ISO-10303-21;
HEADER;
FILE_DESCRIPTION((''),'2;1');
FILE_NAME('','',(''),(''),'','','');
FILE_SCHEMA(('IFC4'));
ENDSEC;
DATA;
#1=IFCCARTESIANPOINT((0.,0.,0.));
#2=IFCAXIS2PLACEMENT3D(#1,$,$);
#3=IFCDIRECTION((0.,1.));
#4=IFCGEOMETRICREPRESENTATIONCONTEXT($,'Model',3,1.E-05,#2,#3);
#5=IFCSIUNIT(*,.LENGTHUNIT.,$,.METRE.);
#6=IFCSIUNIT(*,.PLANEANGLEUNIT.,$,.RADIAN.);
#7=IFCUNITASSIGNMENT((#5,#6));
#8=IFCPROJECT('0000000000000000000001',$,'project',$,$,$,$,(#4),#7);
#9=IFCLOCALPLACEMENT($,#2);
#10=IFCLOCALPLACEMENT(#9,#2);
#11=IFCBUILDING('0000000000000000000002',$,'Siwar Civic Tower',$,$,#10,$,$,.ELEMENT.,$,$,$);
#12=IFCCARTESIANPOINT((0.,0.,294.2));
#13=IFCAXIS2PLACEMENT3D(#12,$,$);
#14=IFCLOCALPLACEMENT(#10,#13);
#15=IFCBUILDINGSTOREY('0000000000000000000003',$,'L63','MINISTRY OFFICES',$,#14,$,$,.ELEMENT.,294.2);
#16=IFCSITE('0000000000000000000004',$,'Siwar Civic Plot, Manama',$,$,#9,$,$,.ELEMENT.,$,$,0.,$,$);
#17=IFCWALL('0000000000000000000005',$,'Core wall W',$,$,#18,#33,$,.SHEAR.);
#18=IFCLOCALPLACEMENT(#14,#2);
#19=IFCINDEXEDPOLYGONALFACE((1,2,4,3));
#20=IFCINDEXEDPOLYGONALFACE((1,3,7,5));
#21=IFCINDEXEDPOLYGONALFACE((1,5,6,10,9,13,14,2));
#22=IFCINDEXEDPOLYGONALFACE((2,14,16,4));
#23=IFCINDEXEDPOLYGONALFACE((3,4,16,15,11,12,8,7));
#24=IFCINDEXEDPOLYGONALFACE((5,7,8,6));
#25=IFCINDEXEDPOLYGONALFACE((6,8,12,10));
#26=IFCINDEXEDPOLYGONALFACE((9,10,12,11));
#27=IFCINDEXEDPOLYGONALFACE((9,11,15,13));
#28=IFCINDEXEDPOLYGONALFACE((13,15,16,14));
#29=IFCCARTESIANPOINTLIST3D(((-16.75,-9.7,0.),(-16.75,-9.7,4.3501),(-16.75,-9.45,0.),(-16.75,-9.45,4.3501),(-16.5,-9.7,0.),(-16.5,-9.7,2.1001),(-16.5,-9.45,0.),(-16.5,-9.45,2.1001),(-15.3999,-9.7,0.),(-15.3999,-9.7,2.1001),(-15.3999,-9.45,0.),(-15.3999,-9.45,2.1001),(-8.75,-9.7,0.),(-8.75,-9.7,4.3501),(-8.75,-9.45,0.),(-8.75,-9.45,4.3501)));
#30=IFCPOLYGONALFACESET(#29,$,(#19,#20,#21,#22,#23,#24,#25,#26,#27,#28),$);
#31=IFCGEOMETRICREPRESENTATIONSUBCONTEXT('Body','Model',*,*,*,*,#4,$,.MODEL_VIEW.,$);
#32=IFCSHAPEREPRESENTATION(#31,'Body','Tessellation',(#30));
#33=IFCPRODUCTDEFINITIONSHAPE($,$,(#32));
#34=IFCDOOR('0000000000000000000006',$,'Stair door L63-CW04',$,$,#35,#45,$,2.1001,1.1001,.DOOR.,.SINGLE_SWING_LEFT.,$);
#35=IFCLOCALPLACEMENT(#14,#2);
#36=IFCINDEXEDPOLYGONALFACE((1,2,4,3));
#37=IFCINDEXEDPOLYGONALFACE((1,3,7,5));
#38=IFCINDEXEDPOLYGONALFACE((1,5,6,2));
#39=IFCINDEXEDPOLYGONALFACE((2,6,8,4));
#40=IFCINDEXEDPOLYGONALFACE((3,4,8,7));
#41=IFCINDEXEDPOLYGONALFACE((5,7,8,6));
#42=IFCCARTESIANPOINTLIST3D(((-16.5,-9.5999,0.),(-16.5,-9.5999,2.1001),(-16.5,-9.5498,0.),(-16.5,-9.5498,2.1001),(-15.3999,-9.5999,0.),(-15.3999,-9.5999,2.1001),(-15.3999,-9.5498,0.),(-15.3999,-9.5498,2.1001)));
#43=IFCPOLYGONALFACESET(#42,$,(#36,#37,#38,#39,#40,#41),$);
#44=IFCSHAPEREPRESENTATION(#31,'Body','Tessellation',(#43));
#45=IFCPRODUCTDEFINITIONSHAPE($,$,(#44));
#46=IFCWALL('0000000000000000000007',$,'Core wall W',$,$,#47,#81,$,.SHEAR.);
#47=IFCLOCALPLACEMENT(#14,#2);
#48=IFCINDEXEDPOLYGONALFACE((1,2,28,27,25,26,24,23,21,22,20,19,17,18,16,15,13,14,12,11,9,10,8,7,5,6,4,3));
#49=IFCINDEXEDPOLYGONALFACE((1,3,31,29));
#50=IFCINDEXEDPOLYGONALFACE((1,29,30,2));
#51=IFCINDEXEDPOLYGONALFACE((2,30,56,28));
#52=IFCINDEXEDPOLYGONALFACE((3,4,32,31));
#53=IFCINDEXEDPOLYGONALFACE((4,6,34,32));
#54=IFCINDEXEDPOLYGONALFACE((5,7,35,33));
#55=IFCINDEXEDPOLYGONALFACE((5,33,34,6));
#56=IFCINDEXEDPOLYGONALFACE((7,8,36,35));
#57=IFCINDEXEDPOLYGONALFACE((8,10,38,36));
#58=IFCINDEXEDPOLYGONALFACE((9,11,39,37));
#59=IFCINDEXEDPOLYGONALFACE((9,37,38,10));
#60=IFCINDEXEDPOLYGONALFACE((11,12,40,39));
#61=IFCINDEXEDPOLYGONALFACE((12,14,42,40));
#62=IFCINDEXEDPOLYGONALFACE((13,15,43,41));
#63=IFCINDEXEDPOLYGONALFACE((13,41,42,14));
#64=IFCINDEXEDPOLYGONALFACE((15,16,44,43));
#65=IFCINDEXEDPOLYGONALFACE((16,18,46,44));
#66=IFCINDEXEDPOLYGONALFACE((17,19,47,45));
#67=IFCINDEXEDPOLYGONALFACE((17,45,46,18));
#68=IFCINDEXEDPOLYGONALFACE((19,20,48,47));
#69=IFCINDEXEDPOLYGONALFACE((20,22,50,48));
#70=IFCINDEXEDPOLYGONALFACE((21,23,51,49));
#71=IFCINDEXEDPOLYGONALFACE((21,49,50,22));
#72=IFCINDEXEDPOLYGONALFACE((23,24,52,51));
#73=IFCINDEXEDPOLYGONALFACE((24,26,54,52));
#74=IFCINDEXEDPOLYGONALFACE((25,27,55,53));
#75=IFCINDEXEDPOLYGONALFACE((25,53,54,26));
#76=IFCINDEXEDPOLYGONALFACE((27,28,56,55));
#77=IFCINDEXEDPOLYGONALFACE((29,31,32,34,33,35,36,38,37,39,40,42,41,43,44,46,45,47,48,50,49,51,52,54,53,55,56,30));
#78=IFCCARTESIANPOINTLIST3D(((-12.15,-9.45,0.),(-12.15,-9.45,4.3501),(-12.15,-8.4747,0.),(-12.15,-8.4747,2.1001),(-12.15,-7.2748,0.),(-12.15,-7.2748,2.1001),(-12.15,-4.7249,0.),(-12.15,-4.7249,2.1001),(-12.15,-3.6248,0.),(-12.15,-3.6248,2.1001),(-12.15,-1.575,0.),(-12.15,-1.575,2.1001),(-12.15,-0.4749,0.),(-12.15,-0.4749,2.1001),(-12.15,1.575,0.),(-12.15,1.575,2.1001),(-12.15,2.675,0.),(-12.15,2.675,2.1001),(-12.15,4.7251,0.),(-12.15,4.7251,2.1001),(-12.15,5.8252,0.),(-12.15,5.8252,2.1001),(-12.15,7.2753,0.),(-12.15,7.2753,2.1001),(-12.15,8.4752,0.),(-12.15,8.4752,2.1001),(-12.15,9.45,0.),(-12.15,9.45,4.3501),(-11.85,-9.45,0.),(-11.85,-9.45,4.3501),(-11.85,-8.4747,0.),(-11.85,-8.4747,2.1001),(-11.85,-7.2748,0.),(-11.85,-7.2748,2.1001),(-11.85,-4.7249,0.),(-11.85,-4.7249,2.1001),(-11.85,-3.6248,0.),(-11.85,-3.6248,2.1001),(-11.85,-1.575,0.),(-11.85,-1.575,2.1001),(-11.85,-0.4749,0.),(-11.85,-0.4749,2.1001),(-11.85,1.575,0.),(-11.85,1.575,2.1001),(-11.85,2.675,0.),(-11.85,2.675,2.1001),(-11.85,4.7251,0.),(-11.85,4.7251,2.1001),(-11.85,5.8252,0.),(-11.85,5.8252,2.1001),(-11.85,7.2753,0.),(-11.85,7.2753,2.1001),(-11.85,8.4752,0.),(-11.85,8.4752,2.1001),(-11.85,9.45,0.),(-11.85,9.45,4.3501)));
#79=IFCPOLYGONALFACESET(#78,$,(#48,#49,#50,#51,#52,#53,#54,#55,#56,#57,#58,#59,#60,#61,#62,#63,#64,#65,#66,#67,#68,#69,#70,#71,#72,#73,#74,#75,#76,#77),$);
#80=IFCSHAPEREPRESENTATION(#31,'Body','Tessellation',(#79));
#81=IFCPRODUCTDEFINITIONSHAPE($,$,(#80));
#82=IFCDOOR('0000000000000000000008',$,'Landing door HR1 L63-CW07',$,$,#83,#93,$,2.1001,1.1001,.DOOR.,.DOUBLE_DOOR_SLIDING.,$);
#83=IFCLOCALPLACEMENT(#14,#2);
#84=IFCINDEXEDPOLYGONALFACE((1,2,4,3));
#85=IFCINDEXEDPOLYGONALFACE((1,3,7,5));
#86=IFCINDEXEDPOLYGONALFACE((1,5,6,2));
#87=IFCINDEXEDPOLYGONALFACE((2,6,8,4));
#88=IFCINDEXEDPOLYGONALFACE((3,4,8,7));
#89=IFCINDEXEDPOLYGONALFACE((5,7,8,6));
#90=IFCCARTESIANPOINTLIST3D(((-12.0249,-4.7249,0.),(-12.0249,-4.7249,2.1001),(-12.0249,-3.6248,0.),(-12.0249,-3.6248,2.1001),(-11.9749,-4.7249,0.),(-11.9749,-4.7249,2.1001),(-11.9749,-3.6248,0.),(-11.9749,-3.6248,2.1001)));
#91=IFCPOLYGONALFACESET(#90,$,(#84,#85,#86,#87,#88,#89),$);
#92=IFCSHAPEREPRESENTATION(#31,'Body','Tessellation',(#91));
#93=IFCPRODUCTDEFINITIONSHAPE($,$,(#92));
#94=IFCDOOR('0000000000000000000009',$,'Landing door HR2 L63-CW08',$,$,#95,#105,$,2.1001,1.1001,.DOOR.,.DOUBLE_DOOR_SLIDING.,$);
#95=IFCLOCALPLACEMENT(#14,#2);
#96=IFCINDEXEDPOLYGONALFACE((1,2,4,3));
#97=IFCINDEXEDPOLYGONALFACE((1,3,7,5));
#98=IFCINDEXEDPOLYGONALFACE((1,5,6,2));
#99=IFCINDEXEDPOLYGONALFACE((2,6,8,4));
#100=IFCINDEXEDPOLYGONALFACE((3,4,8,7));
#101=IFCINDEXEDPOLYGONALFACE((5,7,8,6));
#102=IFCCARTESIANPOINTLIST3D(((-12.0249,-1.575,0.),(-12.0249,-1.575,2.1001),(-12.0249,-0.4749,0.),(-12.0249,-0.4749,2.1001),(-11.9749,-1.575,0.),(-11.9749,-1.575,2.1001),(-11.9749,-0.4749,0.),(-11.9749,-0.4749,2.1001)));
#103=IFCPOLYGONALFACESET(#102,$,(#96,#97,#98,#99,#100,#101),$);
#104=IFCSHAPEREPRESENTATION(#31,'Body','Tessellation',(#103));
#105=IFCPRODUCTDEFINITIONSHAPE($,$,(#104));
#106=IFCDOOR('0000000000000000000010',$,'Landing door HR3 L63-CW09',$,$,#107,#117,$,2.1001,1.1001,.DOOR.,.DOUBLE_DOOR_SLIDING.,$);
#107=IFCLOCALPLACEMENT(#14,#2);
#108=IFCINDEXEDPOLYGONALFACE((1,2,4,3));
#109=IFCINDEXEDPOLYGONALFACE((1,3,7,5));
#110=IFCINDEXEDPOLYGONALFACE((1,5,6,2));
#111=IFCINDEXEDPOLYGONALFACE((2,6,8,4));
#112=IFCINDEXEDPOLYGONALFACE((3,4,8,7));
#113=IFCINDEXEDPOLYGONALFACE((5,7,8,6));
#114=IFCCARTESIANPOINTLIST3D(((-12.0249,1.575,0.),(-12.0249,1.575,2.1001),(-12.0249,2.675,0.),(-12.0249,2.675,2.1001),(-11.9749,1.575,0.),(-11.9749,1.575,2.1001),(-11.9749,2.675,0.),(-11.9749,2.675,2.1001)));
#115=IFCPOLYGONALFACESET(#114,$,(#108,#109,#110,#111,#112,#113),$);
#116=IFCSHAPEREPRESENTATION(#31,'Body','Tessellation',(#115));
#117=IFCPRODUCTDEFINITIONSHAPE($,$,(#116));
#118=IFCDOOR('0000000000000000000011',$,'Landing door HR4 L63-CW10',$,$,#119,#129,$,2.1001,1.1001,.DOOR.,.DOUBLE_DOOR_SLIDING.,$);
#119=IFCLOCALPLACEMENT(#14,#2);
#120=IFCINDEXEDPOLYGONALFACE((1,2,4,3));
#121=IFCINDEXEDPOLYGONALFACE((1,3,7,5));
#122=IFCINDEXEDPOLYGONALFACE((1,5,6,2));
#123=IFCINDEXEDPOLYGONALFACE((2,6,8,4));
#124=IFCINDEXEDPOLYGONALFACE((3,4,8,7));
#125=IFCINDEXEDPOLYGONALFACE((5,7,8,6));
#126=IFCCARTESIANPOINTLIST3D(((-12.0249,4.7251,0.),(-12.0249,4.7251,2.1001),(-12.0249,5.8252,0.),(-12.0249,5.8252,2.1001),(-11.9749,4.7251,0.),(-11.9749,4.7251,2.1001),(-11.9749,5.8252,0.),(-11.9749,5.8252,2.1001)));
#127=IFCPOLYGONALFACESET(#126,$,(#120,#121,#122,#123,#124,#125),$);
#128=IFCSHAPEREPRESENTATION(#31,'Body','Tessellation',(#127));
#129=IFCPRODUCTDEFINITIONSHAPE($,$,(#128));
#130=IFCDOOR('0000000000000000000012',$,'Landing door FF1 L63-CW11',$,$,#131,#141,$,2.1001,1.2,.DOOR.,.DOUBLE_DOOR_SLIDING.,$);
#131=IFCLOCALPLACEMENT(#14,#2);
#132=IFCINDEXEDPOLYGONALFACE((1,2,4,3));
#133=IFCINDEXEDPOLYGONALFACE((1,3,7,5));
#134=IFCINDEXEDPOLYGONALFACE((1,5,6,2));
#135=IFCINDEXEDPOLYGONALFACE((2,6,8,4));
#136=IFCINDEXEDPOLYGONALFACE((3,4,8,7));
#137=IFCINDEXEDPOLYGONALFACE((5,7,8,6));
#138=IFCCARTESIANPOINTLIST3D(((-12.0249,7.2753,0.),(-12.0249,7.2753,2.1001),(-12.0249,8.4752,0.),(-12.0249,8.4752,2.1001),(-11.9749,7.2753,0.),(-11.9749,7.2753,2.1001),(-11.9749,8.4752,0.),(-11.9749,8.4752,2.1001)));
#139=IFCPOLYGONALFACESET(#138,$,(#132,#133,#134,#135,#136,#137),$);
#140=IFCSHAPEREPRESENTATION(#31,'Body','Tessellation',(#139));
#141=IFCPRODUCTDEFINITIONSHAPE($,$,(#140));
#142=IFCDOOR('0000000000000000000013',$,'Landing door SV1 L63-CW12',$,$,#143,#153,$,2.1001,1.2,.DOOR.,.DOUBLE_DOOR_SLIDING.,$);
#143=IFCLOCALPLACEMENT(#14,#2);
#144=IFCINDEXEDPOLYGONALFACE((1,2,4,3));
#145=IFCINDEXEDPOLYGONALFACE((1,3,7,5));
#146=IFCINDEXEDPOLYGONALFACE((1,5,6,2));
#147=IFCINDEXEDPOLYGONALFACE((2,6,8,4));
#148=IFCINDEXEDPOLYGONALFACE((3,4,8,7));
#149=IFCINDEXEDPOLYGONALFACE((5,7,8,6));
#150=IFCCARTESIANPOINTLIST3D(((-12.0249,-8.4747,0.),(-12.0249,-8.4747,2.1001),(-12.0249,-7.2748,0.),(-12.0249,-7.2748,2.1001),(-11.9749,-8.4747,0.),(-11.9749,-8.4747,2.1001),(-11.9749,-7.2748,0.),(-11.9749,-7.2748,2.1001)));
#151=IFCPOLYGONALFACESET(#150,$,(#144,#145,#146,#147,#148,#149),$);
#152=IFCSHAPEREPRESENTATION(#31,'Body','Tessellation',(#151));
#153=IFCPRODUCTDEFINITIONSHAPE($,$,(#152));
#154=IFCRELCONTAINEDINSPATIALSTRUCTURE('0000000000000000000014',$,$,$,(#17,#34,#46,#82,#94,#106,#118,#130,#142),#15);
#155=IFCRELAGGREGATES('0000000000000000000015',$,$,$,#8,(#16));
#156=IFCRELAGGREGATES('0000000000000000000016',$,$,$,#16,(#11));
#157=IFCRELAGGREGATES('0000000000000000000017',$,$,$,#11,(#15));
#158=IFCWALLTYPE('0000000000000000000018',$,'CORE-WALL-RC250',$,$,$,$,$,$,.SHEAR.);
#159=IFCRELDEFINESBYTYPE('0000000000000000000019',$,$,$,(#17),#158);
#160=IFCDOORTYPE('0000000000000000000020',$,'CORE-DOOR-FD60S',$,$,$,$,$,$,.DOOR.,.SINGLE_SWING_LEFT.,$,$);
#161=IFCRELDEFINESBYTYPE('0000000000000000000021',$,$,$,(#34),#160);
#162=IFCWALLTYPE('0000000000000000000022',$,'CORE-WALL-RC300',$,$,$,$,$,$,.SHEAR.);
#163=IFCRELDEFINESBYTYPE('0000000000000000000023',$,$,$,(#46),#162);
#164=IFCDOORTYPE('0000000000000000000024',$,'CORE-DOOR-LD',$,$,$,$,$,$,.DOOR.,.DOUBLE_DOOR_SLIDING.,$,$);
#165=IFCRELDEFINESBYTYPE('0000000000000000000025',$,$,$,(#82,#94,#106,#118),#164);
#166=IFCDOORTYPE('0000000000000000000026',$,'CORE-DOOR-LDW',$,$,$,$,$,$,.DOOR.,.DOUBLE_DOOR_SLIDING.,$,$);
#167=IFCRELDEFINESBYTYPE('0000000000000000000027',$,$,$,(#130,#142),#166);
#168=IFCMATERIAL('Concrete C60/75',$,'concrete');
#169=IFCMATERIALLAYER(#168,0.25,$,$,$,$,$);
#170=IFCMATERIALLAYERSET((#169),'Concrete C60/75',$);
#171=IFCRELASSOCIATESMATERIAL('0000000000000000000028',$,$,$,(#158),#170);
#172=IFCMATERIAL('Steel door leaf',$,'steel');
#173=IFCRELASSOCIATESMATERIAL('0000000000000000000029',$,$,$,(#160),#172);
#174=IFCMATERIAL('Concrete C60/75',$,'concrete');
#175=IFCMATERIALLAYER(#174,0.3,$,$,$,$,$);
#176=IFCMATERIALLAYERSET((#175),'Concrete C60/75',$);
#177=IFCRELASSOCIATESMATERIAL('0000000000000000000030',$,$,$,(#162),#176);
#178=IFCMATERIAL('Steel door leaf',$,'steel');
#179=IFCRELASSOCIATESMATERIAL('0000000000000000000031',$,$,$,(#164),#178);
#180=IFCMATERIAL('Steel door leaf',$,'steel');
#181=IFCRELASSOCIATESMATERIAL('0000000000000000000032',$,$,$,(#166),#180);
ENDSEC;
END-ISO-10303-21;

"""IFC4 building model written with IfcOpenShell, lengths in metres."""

from ifc_helpers import new_model, si_unit, direction, frame, frame_2d, origin, place, context, subcontext, project, spatial, rectangle, extrude, material, layer, layer_set, type_object, element, fill, save


model = new_model("IFC4")

# Units and contexts
model_context = context("Model", 3, precision=1e-05, world=origin(), true_north=direction((0.0, 1.0)))
body_context = subcontext(model_context, "Body", "Model", "MODEL_VIEW")
ifc_project = project(units=[si_unit("LENGTHUNIT", "METRE"), si_unit("PLANEANGLEUNIT", "RADIAN")], contexts=[model_context])

# Site, building, storey
site_placement = place(None, origin())
site = spatial("IfcSite", under=ifc_project, at=site_placement, Name="Siwar Civic Plot, Manama", CompositionType="ELEMENT", RefElevation=0.0)
building_placement = place(site_placement, origin())
building = spatial("IfcBuilding", under=site, at=building_placement, Name="Siwar Civic Tower", CompositionType="ELEMENT")
storey_placement = place(building_placement, frame((0.0, 0.0, 294.2)))
storey = spatial("IfcBuildingStorey", under=building, at=storey_placement, Name="L63", Description="MINISTRY OFFICES", CompositionType="ELEMENT", Elevation=294.2)

# Shared definitions
ifc_material_1 = material(Name="Concrete C60/75", Category="concrete")
ifc_layer_1 = layer(ifc_material_1, 0.25)
ifc_layer_set_1 = layer_set([ifc_layer_1], Name="Concrete C60/75")
wall_type_1 = type_object("IfcWallType", Name="CORE-WALL-RC250", PredefinedType="SHEAR", material=ifc_layer_set_1)

# Wall, opening, door
wall_1_placement = place(storey_placement, frame((-8.75, -9.575, 0.0), z_axis=(0.0, 0.0, 1.0), x_axis=(-1.0, 0.0, 0.0)))
wall_1 = element("IfcWall", 1, at=wall_1_placement, inside=storey, type_object=wall_type_1, Name="Core wall W", PredefinedType="SHEAR", context=body_context, shape_type="SweptSolid", body=[
    extrude(rectangle(XDim=8.0, YDim=0.25, at=frame_2d((4.0, 0.0))), origin(), (0.0, 0.0, 1.0), 4.3501),
])
opening_1_placement = place(wall_1_placement, frame((6.6499, 0.0, 0.0)))
opening_1 = element("IfcOpeningElement", 2, at=opening_1_placement, cuts=wall_1, PredefinedType="OPENING", context=body_context, shape_type="SweptSolid", body=[
    extrude(rectangle(XDim=1.1001, YDim=2.1001, at=frame_2d((0.55, 1.05))), frame((0.0, 0.135, 0.0), z_axis=(0.0, -1.0, 0.0), x_axis=(1.0, 0.0, 0.0)), (0.0, 0.0, 1.0), 0.27),
])
ifc_material_2 = material(Name="Steel door leaf", Category="steel")
door_type_1 = type_object("IfcDoorType", Name="CORE-DOOR-FD60S", OperationType="SINGLE_SWING_LEFT", PredefinedType="DOOR", material=ifc_material_2)
door_1_placement = place(opening_1_placement, origin())
door_1 = element("IfcDoor", 3, at=door_1_placement, inside=storey, type_object=door_type_1, Name="Stair door L63-CW04", OperationType="SINGLE_SWING_LEFT", OverallHeight=2.1001, OverallWidth=1.1001, PredefinedType="DOOR", context=body_context, shape_type="SweptSolid", body=[
    extrude(rectangle(XDim=1.1001, YDim=2.1001, at=frame_2d((0.55, 1.05))), frame((0.0, 0.0249, 0.0), z_axis=(0.0, -1.0, 0.0), x_axis=(1.0, 0.0, 0.0)), (0.0, 0.0, 1.0), 0.05),
])
fill(opening_1, door_1)

# Wall, openings, doors
ifc_material_3 = material(Name="Concrete C60/75", Category="concrete")
ifc_layer_2 = layer(ifc_material_3, 0.3)
ifc_layer_set_2 = layer_set([ifc_layer_2], Name="Concrete C60/75")
wall_type_2 = type_object("IfcWallType", Name="CORE-WALL-RC300", PredefinedType="SHEAR", material=ifc_layer_set_2)
wall_2_placement = place(storey_placement, frame((-12.0, -9.45, 0.0), z_axis=(0.0, 0.0, 1.0), x_axis=(0.0, 1.0, 0.0)))
wall_2 = element("IfcWall", 4, at=wall_2_placement, inside=storey, type_object=wall_type_2, Name="Core wall W", PredefinedType="SHEAR", context=body_context, shape_type="SweptSolid", body=[
    extrude(rectangle(XDim=18.8999, YDim=0.3, at=frame_2d((9.45, 0.0))), origin(), (0.0, 0.0, 1.0), 4.3501),
])
opening_2_placement = place(wall_2_placement, frame((4.7251, 0.0, 0.0)))
opening_2 = element("IfcOpeningElement", 5, at=opening_2_placement, cuts=wall_2, PredefinedType="OPENING", context=body_context, shape_type="SweptSolid", body=[
    extrude(rectangle(XDim=1.1001, YDim=2.1001, at=frame_2d((0.55, 1.05))), frame((0.0, 0.1602, 0.0), z_axis=(0.0, -1.0, 0.0), x_axis=(1.0, 0.0, 0.0)), (0.0, 0.0, 1.0), 0.3201),
])
opening_3_placement = place(wall_2_placement, frame((7.875, 0.0, 0.0)))
opening_3 = element("IfcOpeningElement", 6, at=opening_3_placement, cuts=wall_2, PredefinedType="OPENING", context=body_context, shape_type="SweptSolid", body=[
    extrude(rectangle(XDim=1.1001, YDim=2.1001, at=frame_2d((0.55, 1.05))), frame((0.0, 0.1602, 0.0), z_axis=(0.0, -1.0, 0.0), x_axis=(1.0, 0.0, 0.0)), (0.0, 0.0, 1.0), 0.3201),
])
opening_4_placement = place(wall_2_placement, frame((11.0249, 0.0, 0.0)))
opening_4 = element("IfcOpeningElement", 7, at=opening_4_placement, cuts=wall_2, PredefinedType="OPENING", context=body_context, shape_type="SweptSolid", body=[
    extrude(rectangle(XDim=1.1001, YDim=2.1001, at=frame_2d((0.55, 1.05))), frame((0.0, 0.1602, 0.0), z_axis=(0.0, -1.0, 0.0), x_axis=(1.0, 0.0, 0.0)), (0.0, 0.0, 1.0), 0.3201),
])
opening_5_placement = place(wall_2_placement, frame((14.175, 0.0, 0.0)))
opening_5 = element("IfcOpeningElement", 8, at=opening_5_placement, cuts=wall_2, PredefinedType="OPENING", context=body_context, shape_type="SweptSolid", body=[
    extrude(rectangle(XDim=1.1001, YDim=2.1001, at=frame_2d((0.55, 1.05))), frame((0.0, 0.1602, 0.0), z_axis=(0.0, -1.0, 0.0), x_axis=(1.0, 0.0, 0.0)), (0.0, 0.0, 1.0), 0.3201),
])
opening_6_placement = place(wall_2_placement, frame((16.7251, 0.0, 0.0)))
opening_6 = element("IfcOpeningElement", 9, at=opening_6_placement, cuts=wall_2, PredefinedType="OPENING", context=body_context, shape_type="SweptSolid", body=[
    extrude(rectangle(XDim=1.2, YDim=2.1001, at=frame_2d((0.6001, 1.05))), frame((0.0, 0.1602, 0.0), z_axis=(0.0, -1.0, 0.0), x_axis=(1.0, 0.0, 0.0)), (0.0, 0.0, 1.0), 0.3201),
])
opening_7_placement = place(wall_2_placement, frame((0.9751, 0.0, 0.0)))
opening_7 = element("IfcOpeningElement", 10, at=opening_7_placement, cuts=wall_2, PredefinedType="OPENING", context=body_context, shape_type="SweptSolid", body=[
    extrude(rectangle(XDim=1.2, YDim=2.1001, at=frame_2d((0.6001, 1.05))), frame((0.0, 0.1602, 0.0), z_axis=(0.0, -1.0, 0.0), x_axis=(1.0, 0.0, 0.0)), (0.0, 0.0, 1.0), 0.3201),
])
ifc_material_4 = material(Name="Steel door leaf", Category="steel")
door_type_2 = type_object("IfcDoorType", Name="CORE-DOOR-LD", OperationType="DOUBLE_DOOR_SLIDING", PredefinedType="DOOR", material=ifc_material_4)
door_2_placement = place(opening_2_placement, origin())
door_2 = element("IfcDoor", 11, at=door_2_placement, inside=storey, type_object=door_type_2, Name="Landing door HR1 L63-CW07", OperationType="DOUBLE_DOOR_SLIDING", OverallHeight=2.1001, OverallWidth=1.1001, PredefinedType="DOOR", context=body_context, shape_type="SweptSolid", body=[
    extrude(rectangle(XDim=1.1001, YDim=2.1001, at=frame_2d((0.55, 1.05))), frame((0.0, 0.0249, 0.0), z_axis=(0.0, -1.0, 0.0), x_axis=(1.0, 0.0, 0.0)), (0.0, 0.0, 1.0), 0.05),
])
fill(opening_2, door_2)
door_3_placement = place(opening_3_placement, origin())
door_3 = element("IfcDoor", 12, at=door_3_placement, inside=storey, type_object=door_type_2, Name="Landing door HR2 L63-CW08", OperationType="DOUBLE_DOOR_SLIDING", OverallHeight=2.1001, OverallWidth=1.1001, PredefinedType="DOOR", context=body_context, shape_type="SweptSolid", body=[
    extrude(rectangle(XDim=1.1001, YDim=2.1001, at=frame_2d((0.55, 1.05))), frame((0.0, 0.0249, 0.0), z_axis=(0.0, -1.0, 0.0), x_axis=(1.0, 0.0, 0.0)), (0.0, 0.0, 1.0), 0.05),
])
fill(opening_3, door_3)
door_4_placement = place(opening_4_placement, origin())
door_4 = element("IfcDoor", 13, at=door_4_placement, inside=storey, type_object=door_type_2, Name="Landing door HR3 L63-CW09", OperationType="DOUBLE_DOOR_SLIDING", OverallHeight=2.1001, OverallWidth=1.1001, PredefinedType="DOOR", context=body_context, shape_type="SweptSolid", body=[
    extrude(rectangle(XDim=1.1001, YDim=2.1001, at=frame_2d((0.55, 1.05))), frame((0.0, 0.0249, 0.0), z_axis=(0.0, -1.0, 0.0), x_axis=(1.0, 0.0, 0.0)), (0.0, 0.0, 1.0), 0.05),
])
fill(opening_4, door_4)
door_5_placement = place(opening_5_placement, origin())
door_5 = element("IfcDoor", 14, at=door_5_placement, inside=storey, type_object=door_type_2, Name="Landing door HR4 L63-CW10", OperationType="DOUBLE_DOOR_SLIDING", OverallHeight=2.1001, OverallWidth=1.1001, PredefinedType="DOOR", context=body_context, shape_type="SweptSolid", body=[
    extrude(rectangle(XDim=1.1001, YDim=2.1001, at=frame_2d((0.55, 1.05))), frame((0.0, 0.0249, 0.0), z_axis=(0.0, -1.0, 0.0), x_axis=(1.0, 0.0, 0.0)), (0.0, 0.0, 1.0), 0.05),
])
fill(opening_5, door_5)
ifc_material_5 = material(Name="Steel door leaf", Category="steel")
door_type_3 = type_object("IfcDoorType", Name="CORE-DOOR-LDW", OperationType="DOUBLE_DOOR_SLIDING", PredefinedType="DOOR", material=ifc_material_5)
door_6_placement = place(opening_6_placement, origin())
door_6 = element("IfcDoor", 15, at=door_6_placement, inside=storey, type_object=door_type_3, Name="Landing door FF1 L63-CW11", OperationType="DOUBLE_DOOR_SLIDING", OverallHeight=2.1001, OverallWidth=1.2, PredefinedType="DOOR", context=body_context, shape_type="SweptSolid", body=[
    extrude(rectangle(XDim=1.2, YDim=2.1001, at=frame_2d((0.6001, 1.05))), frame((0.0, 0.0249, 0.0), z_axis=(0.0, -1.0, 0.0), x_axis=(1.0, 0.0, 0.0)), (0.0, 0.0, 1.0), 0.05),
])
fill(opening_6, door_6)
door_7_placement = place(opening_7_placement, origin())
door_7 = element("IfcDoor", 16, at=door_7_placement, inside=storey, type_object=door_type_3, Name="Landing door SV1 L63-CW12", OperationType="DOUBLE_DOOR_SLIDING", OverallHeight=2.1001, OverallWidth=1.2, PredefinedType="DOOR", context=body_context, shape_type="SweptSolid", body=[
    extrude(rectangle(XDim=1.2, YDim=2.1001, at=frame_2d((0.6001, 1.05))), frame((0.0, 0.0249, 0.0), z_axis=(0.0, -1.0, 0.0), x_axis=(1.0, 0.0, 0.0)), (0.0, 0.0, 1.0), 0.05),
])
fill(opening_7, door_7)

save(model, "model.ifc")
